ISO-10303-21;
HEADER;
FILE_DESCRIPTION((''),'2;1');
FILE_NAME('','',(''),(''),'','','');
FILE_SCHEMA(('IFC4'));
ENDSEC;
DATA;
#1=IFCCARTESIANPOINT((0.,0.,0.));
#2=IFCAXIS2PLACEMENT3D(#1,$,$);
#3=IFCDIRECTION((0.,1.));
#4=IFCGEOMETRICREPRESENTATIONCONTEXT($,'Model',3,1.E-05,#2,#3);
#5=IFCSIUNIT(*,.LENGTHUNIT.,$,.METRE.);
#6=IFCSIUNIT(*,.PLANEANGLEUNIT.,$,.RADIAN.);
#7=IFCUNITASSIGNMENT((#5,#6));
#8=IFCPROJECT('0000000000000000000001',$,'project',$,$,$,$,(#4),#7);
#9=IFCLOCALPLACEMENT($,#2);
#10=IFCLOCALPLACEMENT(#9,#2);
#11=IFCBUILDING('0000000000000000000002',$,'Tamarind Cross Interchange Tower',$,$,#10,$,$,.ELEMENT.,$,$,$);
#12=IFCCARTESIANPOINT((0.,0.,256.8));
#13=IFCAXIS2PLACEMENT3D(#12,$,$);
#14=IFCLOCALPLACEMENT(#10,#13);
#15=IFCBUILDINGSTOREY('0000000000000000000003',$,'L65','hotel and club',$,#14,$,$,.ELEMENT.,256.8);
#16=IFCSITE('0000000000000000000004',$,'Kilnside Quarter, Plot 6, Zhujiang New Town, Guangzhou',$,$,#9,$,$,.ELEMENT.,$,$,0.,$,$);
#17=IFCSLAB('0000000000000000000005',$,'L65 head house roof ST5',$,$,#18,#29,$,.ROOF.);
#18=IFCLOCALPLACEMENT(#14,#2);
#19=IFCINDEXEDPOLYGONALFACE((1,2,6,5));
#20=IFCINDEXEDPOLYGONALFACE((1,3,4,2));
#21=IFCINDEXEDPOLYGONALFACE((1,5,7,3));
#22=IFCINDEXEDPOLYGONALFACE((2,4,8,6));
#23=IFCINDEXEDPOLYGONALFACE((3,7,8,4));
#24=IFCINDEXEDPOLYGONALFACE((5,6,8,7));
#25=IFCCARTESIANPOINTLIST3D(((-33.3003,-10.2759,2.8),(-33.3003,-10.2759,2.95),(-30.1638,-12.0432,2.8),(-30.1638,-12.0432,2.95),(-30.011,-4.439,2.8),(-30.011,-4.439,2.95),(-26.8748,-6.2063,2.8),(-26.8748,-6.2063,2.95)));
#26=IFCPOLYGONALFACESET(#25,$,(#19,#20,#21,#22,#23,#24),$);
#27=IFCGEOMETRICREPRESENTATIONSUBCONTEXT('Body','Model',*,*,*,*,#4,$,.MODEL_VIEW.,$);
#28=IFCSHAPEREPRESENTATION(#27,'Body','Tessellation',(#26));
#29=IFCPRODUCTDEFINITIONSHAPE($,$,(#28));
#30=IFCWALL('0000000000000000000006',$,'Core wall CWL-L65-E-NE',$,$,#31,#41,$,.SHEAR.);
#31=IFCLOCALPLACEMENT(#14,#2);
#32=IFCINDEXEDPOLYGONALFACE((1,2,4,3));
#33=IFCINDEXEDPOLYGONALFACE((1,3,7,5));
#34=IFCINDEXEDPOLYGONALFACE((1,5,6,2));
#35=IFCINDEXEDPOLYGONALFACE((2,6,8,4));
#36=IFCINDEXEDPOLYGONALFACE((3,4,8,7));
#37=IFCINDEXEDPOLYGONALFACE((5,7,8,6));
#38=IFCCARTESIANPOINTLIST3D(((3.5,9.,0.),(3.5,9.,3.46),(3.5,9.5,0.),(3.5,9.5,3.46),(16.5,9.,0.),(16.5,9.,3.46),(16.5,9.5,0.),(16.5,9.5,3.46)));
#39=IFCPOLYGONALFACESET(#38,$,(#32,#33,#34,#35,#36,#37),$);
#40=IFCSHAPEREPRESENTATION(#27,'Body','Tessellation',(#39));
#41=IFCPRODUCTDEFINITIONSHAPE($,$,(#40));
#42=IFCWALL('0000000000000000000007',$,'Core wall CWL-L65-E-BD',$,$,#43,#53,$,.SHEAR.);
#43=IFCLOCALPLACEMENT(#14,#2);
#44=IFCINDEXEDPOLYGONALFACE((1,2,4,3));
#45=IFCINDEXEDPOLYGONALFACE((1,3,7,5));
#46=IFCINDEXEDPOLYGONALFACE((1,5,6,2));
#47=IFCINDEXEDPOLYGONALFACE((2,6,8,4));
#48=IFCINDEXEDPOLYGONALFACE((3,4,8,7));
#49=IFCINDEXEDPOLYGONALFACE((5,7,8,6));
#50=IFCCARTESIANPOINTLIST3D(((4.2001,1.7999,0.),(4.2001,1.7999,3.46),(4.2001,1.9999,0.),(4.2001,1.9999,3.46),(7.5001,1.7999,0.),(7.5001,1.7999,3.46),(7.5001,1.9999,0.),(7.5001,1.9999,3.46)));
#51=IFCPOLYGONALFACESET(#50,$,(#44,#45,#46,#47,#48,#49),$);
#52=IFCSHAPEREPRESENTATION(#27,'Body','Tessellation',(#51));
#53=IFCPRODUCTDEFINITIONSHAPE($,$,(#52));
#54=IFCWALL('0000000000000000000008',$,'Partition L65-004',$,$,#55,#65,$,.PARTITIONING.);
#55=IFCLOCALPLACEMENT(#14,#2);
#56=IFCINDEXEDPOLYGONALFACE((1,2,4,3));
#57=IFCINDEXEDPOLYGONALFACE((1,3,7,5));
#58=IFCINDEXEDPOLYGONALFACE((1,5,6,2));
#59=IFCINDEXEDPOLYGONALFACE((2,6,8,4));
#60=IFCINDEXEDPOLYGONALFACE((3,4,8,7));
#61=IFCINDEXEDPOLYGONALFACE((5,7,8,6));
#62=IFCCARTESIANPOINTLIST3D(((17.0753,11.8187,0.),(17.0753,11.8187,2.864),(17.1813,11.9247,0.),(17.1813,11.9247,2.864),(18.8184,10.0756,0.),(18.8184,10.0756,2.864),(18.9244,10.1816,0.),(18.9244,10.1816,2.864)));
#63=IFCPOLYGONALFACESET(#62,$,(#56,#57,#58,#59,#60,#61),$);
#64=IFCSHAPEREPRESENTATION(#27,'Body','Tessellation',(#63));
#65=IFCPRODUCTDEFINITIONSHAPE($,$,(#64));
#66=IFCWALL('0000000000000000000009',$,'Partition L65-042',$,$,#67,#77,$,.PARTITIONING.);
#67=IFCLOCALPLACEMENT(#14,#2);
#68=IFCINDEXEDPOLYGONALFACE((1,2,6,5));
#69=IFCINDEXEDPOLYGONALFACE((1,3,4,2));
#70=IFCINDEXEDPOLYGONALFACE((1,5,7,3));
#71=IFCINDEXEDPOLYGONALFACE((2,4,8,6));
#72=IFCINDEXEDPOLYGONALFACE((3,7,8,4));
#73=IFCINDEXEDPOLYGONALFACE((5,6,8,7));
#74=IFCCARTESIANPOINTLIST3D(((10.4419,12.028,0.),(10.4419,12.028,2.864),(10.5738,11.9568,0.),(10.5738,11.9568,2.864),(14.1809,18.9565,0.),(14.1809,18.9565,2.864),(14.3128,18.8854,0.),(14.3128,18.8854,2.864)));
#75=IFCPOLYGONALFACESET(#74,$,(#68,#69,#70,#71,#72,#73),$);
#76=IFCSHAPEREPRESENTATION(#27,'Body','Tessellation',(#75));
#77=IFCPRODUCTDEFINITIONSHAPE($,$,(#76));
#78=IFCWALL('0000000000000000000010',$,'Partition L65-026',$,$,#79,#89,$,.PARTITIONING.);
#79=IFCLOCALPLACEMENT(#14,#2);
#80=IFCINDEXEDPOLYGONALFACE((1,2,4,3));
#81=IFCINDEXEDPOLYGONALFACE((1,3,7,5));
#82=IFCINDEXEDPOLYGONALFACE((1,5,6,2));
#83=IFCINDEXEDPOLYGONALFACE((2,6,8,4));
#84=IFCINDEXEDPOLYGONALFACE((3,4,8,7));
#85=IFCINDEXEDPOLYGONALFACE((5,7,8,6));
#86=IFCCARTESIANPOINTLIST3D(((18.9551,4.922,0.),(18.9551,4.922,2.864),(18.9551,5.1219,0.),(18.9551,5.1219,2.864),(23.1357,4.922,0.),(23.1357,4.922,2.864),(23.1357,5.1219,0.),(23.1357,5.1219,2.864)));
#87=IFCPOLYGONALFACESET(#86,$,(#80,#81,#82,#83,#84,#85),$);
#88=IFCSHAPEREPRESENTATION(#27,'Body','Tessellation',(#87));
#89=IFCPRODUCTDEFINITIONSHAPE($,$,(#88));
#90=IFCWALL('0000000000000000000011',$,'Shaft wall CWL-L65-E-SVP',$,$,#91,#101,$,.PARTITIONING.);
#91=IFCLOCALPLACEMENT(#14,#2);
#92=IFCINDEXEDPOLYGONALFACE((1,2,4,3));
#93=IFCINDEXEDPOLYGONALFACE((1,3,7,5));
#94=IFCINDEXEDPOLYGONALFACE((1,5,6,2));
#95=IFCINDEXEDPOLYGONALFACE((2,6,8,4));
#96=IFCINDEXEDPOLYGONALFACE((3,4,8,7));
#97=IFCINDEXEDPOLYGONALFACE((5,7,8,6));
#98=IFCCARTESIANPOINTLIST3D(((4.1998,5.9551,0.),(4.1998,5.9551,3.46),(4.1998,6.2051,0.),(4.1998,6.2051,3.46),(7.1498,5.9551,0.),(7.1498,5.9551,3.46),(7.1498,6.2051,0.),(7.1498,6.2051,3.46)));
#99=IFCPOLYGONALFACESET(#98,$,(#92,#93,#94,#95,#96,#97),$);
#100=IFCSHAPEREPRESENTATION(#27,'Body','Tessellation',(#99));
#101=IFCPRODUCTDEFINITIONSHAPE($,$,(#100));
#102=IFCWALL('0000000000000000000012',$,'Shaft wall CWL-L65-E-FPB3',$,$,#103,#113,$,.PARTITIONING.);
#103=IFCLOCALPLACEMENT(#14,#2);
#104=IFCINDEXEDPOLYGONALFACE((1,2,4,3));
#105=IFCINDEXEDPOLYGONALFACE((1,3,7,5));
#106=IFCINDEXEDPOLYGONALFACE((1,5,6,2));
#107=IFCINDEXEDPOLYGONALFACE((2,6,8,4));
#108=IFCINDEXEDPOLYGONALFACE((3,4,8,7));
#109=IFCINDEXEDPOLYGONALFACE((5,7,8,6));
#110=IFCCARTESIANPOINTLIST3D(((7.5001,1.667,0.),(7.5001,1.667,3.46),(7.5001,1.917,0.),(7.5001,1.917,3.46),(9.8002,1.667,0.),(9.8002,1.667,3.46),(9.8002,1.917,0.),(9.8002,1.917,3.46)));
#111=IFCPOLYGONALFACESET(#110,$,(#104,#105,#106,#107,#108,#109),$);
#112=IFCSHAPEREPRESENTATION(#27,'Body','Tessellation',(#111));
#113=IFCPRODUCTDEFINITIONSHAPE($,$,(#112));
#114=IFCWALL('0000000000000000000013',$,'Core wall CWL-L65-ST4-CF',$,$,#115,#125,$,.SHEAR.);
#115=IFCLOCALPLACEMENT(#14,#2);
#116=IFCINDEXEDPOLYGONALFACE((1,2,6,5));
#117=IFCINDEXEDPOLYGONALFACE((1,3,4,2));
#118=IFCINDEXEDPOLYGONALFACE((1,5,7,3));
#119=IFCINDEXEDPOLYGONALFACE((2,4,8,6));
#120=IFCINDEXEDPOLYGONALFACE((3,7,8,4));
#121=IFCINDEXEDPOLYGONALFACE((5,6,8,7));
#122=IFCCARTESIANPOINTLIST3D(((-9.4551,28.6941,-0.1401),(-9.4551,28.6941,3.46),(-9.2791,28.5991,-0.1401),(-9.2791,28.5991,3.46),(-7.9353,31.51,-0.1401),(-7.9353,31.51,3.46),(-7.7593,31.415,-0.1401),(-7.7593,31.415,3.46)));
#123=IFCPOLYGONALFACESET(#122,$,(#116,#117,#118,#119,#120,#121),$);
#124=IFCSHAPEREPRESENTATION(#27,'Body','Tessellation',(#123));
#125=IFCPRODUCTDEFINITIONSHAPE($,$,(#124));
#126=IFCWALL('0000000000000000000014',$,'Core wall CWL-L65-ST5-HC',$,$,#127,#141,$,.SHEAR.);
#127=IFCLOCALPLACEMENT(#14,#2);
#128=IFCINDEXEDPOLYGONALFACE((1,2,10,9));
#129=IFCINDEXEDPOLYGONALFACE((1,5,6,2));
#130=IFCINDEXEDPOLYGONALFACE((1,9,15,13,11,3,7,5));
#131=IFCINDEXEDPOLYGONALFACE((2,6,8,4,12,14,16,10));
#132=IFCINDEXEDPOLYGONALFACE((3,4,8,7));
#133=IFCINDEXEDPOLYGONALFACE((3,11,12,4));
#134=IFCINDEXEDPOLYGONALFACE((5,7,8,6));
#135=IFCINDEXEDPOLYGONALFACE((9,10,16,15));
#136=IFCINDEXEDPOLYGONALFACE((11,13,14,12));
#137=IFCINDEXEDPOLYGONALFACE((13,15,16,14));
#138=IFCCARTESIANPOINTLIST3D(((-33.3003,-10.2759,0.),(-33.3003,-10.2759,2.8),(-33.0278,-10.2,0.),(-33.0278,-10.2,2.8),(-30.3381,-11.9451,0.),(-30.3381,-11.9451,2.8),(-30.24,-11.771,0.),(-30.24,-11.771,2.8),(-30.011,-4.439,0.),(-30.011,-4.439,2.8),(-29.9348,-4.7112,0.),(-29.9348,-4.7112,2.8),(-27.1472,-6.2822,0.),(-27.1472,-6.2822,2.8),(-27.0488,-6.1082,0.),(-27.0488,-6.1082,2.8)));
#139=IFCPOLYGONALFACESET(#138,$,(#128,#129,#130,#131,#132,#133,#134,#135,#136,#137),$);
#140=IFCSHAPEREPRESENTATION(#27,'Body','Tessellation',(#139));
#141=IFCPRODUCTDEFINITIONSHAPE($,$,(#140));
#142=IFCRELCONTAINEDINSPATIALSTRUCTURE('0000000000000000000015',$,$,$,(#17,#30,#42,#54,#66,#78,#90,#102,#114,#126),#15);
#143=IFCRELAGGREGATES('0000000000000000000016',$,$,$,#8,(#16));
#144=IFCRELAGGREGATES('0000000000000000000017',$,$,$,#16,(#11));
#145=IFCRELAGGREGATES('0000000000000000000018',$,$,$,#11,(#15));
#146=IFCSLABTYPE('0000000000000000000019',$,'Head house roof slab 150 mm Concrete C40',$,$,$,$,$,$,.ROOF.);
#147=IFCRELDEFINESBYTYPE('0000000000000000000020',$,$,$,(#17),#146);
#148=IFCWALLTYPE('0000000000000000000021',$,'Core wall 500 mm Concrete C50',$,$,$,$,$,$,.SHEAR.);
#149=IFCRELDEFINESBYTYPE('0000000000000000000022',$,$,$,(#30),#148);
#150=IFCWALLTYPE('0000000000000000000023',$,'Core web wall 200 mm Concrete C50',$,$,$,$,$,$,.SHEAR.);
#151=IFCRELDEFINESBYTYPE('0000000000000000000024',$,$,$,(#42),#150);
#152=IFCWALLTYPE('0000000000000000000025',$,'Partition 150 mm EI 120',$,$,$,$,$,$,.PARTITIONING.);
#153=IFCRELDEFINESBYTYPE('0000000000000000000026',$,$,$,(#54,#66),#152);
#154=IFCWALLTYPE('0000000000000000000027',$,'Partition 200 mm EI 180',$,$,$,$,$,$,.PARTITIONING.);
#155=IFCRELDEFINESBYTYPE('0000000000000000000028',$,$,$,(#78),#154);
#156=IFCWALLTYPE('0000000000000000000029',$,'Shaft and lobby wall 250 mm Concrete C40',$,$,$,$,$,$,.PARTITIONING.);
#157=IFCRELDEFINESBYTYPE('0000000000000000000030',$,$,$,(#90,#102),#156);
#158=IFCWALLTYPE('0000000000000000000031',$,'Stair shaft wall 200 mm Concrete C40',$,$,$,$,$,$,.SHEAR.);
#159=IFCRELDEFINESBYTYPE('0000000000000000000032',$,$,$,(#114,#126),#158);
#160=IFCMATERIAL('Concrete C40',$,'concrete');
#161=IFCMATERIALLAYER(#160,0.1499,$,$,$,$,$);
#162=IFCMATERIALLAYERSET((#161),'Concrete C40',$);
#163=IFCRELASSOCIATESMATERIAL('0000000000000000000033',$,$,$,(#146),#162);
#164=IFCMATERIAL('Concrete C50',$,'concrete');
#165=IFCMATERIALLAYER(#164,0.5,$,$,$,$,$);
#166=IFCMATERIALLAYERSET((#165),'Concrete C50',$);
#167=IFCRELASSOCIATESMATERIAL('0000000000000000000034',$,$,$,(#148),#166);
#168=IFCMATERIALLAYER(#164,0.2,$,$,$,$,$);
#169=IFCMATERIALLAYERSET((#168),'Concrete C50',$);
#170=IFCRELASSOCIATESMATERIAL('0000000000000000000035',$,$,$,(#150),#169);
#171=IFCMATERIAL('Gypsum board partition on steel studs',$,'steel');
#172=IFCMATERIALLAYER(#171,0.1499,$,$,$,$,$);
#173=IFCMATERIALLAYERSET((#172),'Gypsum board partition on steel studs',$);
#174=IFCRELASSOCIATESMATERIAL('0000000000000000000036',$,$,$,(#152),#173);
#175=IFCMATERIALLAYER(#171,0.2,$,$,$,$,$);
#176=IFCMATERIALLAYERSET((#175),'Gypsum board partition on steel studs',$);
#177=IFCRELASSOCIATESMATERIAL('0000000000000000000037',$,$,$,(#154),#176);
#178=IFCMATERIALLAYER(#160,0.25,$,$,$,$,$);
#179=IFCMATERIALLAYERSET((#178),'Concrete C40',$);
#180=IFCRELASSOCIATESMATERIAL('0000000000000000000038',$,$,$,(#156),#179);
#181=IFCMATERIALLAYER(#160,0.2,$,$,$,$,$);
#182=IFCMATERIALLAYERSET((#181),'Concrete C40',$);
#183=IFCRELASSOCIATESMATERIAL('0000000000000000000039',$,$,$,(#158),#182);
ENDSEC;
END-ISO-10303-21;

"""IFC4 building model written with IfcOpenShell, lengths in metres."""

from ifc_helpers import new_model, si_unit, direction, frame, frame_2d, origin, place, context, subcontext, project, spatial, polyline, rectangle, outline, extrude, material, layer, layer_set, type_object, element, save


model = new_model("IFC4")

# Units and contexts
model_context = context("Model", 3, precision=1e-05, world=origin(), true_north=direction((0.0, 1.0)))
body_context = subcontext(model_context, "Body", "Model", "MODEL_VIEW")
ifc_project = project(units=[si_unit("LENGTHUNIT", "METRE"), si_unit("PLANEANGLEUNIT", "RADIAN")], contexts=[model_context])

# Site, building, storey
site_placement = place(None, origin())
site = spatial("IfcSite", under=ifc_project, at=site_placement, Name="Kilnside Quarter, Plot 6, Zhujiang New Town, Guangzhou", CompositionType="ELEMENT", RefElevation=0.0)
building_placement = place(site_placement, origin())
building = spatial("IfcBuilding", under=site, at=building_placement, Name="Tamarind Cross Interchange Tower", CompositionType="ELEMENT")
storey_placement = place(building_placement, frame((0.0, 0.0, 256.8)))
storey = spatial("IfcBuildingStorey", under=building, at=storey_placement, Name="L65", Description="hotel and club", CompositionType="ELEMENT", Elevation=256.8)

# Slab
ifc_material_1 = material(Name="Concrete C40", Category="concrete")
ifc_layer_1 = layer(ifc_material_1, 0.1499)
ifc_layer_set_1 = layer_set([ifc_layer_1], Name="Concrete C40")
slab_type = type_object("IfcSlabType", Name="Head house roof slab 150 mm Concrete C40", PredefinedType="ROOF", material=ifc_layer_set_1)
slab_placement = place(storey_placement, frame((0.0, 0.0, 2.8)))
element("IfcSlab", 1, at=slab_placement, inside=storey, type_object=slab_type, Name="L65 head house roof ST5", PredefinedType="ROOF", context=body_context, shape_type="SweptSolid", body=[
    extrude(outline(polyline([(-30.011, -4.439), (-33.3003, -10.2759), (-30.1638, -12.0432), (-26.8748, -6.2063), (-30.011, -4.439)])), origin(), (0.0, 0.0, 1.0), 0.1499),
])

# Walls
ifc_material_2 = material(Name="Concrete C50", Category="concrete")
ifc_layer_2 = layer(ifc_material_2, 0.5)
ifc_layer_set_2 = layer_set([ifc_layer_2], Name="Concrete C50")
wall_type_1 = type_object("IfcWallType", Name="Core wall 500 mm Concrete C50", PredefinedType="SHEAR", material=ifc_layer_set_2)
wall_1_placement = place(storey_placement, frame((16.5, 9.25, 0.0), z_axis=(0.0, 0.0, 1.0), x_axis=(-1.0, 0.0, 0.0)))
element("IfcWall", 2, at=wall_1_placement, inside=storey, type_object=wall_type_1, Name="Core wall CWL-L65-E-NE", PredefinedType="SHEAR", context=body_context, shape_type="SweptSolid", body=[
    extrude(rectangle(XDim=13.0, YDim=0.5, at=frame_2d((6.5, 0.0))), origin(), (0.0, 0.0, 1.0), 3.46),
])
ifc_layer_3 = layer(ifc_material_2, 0.2)
ifc_layer_set_3 = layer_set([ifc_layer_3], Name="Concrete C50")
wall_type_2 = type_object("IfcWallType", Name="Core web wall 200 mm Concrete C50", PredefinedType="SHEAR", material=ifc_layer_set_3)
wall_2_placement = place(storey_placement, frame((7.5, 1.8999, 0.0), z_axis=(0.0, 0.0, 1.0), x_axis=(-1.0, 0.0, 0.0)))
element("IfcWall", 3, at=wall_2_placement, inside=storey, type_object=wall_type_2, Name="Core wall CWL-L65-E-BD", PredefinedType="SHEAR", context=body_context, shape_type="SweptSolid", body=[
    extrude(rectangle(XDim=3.3, YDim=0.2, at=frame_2d((1.6499, 0.0))), origin(), (0.0, 0.0, 1.0), 3.46),
])
ifc_material_3 = material(Name="Gypsum board partition on steel studs", Category="steel")
ifc_layer_4 = layer(ifc_material_3, 0.1499)
ifc_layer_set_4 = layer_set([ifc_layer_4], Name="Gypsum board partition on steel studs")
wall_type_3 = type_object("IfcWallType", Name="Partition 150 mm EI 120", PredefinedType="PARTITIONING", material=ifc_layer_set_4)
wall_3_placement = place(storey_placement, frame((17.1284, 11.8716, 0.0), z_axis=(0.0, 0.0, 1.0), x_axis=(0.707107, -0.707107, 0.0)))
element("IfcWall", 4, at=wall_3_placement, inside=storey, type_object=wall_type_3, Name="Partition L65-004", PredefinedType="PARTITIONING", context=body_context, shape_type="SweptSolid", body=[
    extrude(rectangle(XDim=2.4651, YDim=0.1499, at=frame_2d((1.2324, 0.0))), origin(), (0.0, 0.0, 1.0), 2.864),
])
wall_4_placement = place(storey_placement, frame((10.5078, 11.9924, 0.0), z_axis=(0.0, 0.0, 1.0), x_axis=(0.474917, 0.880031, 0.0)))
element("IfcWall", 5, at=wall_4_placement, inside=storey, type_object=wall_type_3, Name="Partition L65-042", PredefinedType="PARTITIONING", context=body_context, shape_type="SweptSolid", body=[
    extrude(rectangle(XDim=7.873, YDim=0.1499, at=frame_2d((3.9365, 0.0))), origin(), (0.0, 0.0, 1.0), 2.864),
])
ifc_layer_5 = layer(ifc_material_3, 0.2)
ifc_layer_set_5 = layer_set([ifc_layer_5], Name="Gypsum board partition on steel studs")
wall_type_4 = type_object("IfcWallType", Name="Partition 200 mm EI 180", PredefinedType="PARTITIONING", material=ifc_layer_set_5)
wall_5_placement = place(storey_placement, frame((18.9551, 5.022, 0.0), z_axis=(0.0, 0.0, 1.0), x_axis=(1.0, 0.0, 0.0)))
element("IfcWall", 6, at=wall_5_placement, inside=storey, type_object=wall_type_4, Name="Partition L65-026", PredefinedType="PARTITIONING", context=body_context, shape_type="SweptSolid", body=[
    extrude(rectangle(XDim=4.1807, YDim=0.2, at=frame_2d((2.0903, 0.0))), origin(), (0.0, 0.0, 1.0), 2.864),
])
ifc_layer_6 = layer(ifc_material_1, 0.25)
ifc_layer_set_6 = layer_set([ifc_layer_6], Name="Concrete C40")
wall_type_5 = type_object("IfcWallType", Name="Shaft and lobby wall 250 mm Concrete C40", PredefinedType="PARTITIONING", material=ifc_layer_set_6)
wall_6_placement = place(storey_placement, frame((7.1499, 6.0801, 0.0), z_axis=(0.0, 0.0, 1.0), x_axis=(-1.0, 0.0, 0.0)))
element("IfcWall", 7, at=wall_6_placement, inside=storey, type_object=wall_type_5, Name="Shaft wall CWL-L65-E-SVP", PredefinedType="PARTITIONING", context=body_context, shape_type="SweptSolid", body=[
    extrude(rectangle(XDim=2.95, YDim=0.25, at=frame_2d((1.4751, 0.0))), origin(), (0.0, 0.0, 1.0), 3.46),
])
wall_7_placement = place(storey_placement, frame((9.8, 1.792, 0.0), z_axis=(0.0, 0.0, 1.0), x_axis=(-1.0, 0.0, 0.0)))
element("IfcWall", 8, at=wall_7_placement, inside=storey, type_object=wall_type_5, Name="Shaft wall CWL-L65-E-FPB3", PredefinedType="PARTITIONING", context=body_context, shape_type="SweptSolid", body=[
    extrude(rectangle(XDim=2.3, YDim=0.25, at=frame_2d((1.1499, 0.0))), origin(), (0.0, 0.0, 1.0), 3.46),
])
ifc_layer_7 = layer(ifc_material_1, 0.2)
ifc_layer_set_7 = layer_set([ifc_layer_7], Name="Concrete C40")
wall_type_6 = type_object("IfcWallType", Name="Stair shaft wall 200 mm Concrete C40", PredefinedType="SHEAR", material=ifc_layer_set_7)
wall_8_placement = place(storey_placement, frame((0.0, 0.0, -0.1401)))
element("IfcWall", 9, at=wall_8_placement, inside=storey, type_object=wall_type_6, Name="Core wall CWL-L65-ST4-CF", PredefinedType="SHEAR", context=body_context, shape_type="SweptSolid", body=[
    extrude(outline(polyline([(-7.7593, 31.415), (-7.9353, 31.51), (-9.4551, 28.6941), (-9.2791, 28.5991), (-7.7593, 31.415)])), origin(), (0.0, 0.0, 1.0), 3.6001),
])
wall_9_placement = place(storey_placement, origin())
element("IfcWall", 10, at=wall_9_placement, inside=storey, type_object=wall_type_6, Name="Core wall CWL-L65-ST5-HC", PredefinedType="SHEAR", context=body_context, shape_type="SweptSolid", body=[
    extrude(outline(polyline([(-30.011, -4.439), (-33.3003, -10.2759), (-30.3381, -11.9451), (-30.24, -11.771), (-33.0278, -10.2), (-29.9348, -4.7112), (-27.1472, -6.2822), (-27.0488, -6.1082), (-30.011, -4.439)])), origin(), (0.0, 0.0, 1.0), 2.8),
])

save(model, "model.ifc")
